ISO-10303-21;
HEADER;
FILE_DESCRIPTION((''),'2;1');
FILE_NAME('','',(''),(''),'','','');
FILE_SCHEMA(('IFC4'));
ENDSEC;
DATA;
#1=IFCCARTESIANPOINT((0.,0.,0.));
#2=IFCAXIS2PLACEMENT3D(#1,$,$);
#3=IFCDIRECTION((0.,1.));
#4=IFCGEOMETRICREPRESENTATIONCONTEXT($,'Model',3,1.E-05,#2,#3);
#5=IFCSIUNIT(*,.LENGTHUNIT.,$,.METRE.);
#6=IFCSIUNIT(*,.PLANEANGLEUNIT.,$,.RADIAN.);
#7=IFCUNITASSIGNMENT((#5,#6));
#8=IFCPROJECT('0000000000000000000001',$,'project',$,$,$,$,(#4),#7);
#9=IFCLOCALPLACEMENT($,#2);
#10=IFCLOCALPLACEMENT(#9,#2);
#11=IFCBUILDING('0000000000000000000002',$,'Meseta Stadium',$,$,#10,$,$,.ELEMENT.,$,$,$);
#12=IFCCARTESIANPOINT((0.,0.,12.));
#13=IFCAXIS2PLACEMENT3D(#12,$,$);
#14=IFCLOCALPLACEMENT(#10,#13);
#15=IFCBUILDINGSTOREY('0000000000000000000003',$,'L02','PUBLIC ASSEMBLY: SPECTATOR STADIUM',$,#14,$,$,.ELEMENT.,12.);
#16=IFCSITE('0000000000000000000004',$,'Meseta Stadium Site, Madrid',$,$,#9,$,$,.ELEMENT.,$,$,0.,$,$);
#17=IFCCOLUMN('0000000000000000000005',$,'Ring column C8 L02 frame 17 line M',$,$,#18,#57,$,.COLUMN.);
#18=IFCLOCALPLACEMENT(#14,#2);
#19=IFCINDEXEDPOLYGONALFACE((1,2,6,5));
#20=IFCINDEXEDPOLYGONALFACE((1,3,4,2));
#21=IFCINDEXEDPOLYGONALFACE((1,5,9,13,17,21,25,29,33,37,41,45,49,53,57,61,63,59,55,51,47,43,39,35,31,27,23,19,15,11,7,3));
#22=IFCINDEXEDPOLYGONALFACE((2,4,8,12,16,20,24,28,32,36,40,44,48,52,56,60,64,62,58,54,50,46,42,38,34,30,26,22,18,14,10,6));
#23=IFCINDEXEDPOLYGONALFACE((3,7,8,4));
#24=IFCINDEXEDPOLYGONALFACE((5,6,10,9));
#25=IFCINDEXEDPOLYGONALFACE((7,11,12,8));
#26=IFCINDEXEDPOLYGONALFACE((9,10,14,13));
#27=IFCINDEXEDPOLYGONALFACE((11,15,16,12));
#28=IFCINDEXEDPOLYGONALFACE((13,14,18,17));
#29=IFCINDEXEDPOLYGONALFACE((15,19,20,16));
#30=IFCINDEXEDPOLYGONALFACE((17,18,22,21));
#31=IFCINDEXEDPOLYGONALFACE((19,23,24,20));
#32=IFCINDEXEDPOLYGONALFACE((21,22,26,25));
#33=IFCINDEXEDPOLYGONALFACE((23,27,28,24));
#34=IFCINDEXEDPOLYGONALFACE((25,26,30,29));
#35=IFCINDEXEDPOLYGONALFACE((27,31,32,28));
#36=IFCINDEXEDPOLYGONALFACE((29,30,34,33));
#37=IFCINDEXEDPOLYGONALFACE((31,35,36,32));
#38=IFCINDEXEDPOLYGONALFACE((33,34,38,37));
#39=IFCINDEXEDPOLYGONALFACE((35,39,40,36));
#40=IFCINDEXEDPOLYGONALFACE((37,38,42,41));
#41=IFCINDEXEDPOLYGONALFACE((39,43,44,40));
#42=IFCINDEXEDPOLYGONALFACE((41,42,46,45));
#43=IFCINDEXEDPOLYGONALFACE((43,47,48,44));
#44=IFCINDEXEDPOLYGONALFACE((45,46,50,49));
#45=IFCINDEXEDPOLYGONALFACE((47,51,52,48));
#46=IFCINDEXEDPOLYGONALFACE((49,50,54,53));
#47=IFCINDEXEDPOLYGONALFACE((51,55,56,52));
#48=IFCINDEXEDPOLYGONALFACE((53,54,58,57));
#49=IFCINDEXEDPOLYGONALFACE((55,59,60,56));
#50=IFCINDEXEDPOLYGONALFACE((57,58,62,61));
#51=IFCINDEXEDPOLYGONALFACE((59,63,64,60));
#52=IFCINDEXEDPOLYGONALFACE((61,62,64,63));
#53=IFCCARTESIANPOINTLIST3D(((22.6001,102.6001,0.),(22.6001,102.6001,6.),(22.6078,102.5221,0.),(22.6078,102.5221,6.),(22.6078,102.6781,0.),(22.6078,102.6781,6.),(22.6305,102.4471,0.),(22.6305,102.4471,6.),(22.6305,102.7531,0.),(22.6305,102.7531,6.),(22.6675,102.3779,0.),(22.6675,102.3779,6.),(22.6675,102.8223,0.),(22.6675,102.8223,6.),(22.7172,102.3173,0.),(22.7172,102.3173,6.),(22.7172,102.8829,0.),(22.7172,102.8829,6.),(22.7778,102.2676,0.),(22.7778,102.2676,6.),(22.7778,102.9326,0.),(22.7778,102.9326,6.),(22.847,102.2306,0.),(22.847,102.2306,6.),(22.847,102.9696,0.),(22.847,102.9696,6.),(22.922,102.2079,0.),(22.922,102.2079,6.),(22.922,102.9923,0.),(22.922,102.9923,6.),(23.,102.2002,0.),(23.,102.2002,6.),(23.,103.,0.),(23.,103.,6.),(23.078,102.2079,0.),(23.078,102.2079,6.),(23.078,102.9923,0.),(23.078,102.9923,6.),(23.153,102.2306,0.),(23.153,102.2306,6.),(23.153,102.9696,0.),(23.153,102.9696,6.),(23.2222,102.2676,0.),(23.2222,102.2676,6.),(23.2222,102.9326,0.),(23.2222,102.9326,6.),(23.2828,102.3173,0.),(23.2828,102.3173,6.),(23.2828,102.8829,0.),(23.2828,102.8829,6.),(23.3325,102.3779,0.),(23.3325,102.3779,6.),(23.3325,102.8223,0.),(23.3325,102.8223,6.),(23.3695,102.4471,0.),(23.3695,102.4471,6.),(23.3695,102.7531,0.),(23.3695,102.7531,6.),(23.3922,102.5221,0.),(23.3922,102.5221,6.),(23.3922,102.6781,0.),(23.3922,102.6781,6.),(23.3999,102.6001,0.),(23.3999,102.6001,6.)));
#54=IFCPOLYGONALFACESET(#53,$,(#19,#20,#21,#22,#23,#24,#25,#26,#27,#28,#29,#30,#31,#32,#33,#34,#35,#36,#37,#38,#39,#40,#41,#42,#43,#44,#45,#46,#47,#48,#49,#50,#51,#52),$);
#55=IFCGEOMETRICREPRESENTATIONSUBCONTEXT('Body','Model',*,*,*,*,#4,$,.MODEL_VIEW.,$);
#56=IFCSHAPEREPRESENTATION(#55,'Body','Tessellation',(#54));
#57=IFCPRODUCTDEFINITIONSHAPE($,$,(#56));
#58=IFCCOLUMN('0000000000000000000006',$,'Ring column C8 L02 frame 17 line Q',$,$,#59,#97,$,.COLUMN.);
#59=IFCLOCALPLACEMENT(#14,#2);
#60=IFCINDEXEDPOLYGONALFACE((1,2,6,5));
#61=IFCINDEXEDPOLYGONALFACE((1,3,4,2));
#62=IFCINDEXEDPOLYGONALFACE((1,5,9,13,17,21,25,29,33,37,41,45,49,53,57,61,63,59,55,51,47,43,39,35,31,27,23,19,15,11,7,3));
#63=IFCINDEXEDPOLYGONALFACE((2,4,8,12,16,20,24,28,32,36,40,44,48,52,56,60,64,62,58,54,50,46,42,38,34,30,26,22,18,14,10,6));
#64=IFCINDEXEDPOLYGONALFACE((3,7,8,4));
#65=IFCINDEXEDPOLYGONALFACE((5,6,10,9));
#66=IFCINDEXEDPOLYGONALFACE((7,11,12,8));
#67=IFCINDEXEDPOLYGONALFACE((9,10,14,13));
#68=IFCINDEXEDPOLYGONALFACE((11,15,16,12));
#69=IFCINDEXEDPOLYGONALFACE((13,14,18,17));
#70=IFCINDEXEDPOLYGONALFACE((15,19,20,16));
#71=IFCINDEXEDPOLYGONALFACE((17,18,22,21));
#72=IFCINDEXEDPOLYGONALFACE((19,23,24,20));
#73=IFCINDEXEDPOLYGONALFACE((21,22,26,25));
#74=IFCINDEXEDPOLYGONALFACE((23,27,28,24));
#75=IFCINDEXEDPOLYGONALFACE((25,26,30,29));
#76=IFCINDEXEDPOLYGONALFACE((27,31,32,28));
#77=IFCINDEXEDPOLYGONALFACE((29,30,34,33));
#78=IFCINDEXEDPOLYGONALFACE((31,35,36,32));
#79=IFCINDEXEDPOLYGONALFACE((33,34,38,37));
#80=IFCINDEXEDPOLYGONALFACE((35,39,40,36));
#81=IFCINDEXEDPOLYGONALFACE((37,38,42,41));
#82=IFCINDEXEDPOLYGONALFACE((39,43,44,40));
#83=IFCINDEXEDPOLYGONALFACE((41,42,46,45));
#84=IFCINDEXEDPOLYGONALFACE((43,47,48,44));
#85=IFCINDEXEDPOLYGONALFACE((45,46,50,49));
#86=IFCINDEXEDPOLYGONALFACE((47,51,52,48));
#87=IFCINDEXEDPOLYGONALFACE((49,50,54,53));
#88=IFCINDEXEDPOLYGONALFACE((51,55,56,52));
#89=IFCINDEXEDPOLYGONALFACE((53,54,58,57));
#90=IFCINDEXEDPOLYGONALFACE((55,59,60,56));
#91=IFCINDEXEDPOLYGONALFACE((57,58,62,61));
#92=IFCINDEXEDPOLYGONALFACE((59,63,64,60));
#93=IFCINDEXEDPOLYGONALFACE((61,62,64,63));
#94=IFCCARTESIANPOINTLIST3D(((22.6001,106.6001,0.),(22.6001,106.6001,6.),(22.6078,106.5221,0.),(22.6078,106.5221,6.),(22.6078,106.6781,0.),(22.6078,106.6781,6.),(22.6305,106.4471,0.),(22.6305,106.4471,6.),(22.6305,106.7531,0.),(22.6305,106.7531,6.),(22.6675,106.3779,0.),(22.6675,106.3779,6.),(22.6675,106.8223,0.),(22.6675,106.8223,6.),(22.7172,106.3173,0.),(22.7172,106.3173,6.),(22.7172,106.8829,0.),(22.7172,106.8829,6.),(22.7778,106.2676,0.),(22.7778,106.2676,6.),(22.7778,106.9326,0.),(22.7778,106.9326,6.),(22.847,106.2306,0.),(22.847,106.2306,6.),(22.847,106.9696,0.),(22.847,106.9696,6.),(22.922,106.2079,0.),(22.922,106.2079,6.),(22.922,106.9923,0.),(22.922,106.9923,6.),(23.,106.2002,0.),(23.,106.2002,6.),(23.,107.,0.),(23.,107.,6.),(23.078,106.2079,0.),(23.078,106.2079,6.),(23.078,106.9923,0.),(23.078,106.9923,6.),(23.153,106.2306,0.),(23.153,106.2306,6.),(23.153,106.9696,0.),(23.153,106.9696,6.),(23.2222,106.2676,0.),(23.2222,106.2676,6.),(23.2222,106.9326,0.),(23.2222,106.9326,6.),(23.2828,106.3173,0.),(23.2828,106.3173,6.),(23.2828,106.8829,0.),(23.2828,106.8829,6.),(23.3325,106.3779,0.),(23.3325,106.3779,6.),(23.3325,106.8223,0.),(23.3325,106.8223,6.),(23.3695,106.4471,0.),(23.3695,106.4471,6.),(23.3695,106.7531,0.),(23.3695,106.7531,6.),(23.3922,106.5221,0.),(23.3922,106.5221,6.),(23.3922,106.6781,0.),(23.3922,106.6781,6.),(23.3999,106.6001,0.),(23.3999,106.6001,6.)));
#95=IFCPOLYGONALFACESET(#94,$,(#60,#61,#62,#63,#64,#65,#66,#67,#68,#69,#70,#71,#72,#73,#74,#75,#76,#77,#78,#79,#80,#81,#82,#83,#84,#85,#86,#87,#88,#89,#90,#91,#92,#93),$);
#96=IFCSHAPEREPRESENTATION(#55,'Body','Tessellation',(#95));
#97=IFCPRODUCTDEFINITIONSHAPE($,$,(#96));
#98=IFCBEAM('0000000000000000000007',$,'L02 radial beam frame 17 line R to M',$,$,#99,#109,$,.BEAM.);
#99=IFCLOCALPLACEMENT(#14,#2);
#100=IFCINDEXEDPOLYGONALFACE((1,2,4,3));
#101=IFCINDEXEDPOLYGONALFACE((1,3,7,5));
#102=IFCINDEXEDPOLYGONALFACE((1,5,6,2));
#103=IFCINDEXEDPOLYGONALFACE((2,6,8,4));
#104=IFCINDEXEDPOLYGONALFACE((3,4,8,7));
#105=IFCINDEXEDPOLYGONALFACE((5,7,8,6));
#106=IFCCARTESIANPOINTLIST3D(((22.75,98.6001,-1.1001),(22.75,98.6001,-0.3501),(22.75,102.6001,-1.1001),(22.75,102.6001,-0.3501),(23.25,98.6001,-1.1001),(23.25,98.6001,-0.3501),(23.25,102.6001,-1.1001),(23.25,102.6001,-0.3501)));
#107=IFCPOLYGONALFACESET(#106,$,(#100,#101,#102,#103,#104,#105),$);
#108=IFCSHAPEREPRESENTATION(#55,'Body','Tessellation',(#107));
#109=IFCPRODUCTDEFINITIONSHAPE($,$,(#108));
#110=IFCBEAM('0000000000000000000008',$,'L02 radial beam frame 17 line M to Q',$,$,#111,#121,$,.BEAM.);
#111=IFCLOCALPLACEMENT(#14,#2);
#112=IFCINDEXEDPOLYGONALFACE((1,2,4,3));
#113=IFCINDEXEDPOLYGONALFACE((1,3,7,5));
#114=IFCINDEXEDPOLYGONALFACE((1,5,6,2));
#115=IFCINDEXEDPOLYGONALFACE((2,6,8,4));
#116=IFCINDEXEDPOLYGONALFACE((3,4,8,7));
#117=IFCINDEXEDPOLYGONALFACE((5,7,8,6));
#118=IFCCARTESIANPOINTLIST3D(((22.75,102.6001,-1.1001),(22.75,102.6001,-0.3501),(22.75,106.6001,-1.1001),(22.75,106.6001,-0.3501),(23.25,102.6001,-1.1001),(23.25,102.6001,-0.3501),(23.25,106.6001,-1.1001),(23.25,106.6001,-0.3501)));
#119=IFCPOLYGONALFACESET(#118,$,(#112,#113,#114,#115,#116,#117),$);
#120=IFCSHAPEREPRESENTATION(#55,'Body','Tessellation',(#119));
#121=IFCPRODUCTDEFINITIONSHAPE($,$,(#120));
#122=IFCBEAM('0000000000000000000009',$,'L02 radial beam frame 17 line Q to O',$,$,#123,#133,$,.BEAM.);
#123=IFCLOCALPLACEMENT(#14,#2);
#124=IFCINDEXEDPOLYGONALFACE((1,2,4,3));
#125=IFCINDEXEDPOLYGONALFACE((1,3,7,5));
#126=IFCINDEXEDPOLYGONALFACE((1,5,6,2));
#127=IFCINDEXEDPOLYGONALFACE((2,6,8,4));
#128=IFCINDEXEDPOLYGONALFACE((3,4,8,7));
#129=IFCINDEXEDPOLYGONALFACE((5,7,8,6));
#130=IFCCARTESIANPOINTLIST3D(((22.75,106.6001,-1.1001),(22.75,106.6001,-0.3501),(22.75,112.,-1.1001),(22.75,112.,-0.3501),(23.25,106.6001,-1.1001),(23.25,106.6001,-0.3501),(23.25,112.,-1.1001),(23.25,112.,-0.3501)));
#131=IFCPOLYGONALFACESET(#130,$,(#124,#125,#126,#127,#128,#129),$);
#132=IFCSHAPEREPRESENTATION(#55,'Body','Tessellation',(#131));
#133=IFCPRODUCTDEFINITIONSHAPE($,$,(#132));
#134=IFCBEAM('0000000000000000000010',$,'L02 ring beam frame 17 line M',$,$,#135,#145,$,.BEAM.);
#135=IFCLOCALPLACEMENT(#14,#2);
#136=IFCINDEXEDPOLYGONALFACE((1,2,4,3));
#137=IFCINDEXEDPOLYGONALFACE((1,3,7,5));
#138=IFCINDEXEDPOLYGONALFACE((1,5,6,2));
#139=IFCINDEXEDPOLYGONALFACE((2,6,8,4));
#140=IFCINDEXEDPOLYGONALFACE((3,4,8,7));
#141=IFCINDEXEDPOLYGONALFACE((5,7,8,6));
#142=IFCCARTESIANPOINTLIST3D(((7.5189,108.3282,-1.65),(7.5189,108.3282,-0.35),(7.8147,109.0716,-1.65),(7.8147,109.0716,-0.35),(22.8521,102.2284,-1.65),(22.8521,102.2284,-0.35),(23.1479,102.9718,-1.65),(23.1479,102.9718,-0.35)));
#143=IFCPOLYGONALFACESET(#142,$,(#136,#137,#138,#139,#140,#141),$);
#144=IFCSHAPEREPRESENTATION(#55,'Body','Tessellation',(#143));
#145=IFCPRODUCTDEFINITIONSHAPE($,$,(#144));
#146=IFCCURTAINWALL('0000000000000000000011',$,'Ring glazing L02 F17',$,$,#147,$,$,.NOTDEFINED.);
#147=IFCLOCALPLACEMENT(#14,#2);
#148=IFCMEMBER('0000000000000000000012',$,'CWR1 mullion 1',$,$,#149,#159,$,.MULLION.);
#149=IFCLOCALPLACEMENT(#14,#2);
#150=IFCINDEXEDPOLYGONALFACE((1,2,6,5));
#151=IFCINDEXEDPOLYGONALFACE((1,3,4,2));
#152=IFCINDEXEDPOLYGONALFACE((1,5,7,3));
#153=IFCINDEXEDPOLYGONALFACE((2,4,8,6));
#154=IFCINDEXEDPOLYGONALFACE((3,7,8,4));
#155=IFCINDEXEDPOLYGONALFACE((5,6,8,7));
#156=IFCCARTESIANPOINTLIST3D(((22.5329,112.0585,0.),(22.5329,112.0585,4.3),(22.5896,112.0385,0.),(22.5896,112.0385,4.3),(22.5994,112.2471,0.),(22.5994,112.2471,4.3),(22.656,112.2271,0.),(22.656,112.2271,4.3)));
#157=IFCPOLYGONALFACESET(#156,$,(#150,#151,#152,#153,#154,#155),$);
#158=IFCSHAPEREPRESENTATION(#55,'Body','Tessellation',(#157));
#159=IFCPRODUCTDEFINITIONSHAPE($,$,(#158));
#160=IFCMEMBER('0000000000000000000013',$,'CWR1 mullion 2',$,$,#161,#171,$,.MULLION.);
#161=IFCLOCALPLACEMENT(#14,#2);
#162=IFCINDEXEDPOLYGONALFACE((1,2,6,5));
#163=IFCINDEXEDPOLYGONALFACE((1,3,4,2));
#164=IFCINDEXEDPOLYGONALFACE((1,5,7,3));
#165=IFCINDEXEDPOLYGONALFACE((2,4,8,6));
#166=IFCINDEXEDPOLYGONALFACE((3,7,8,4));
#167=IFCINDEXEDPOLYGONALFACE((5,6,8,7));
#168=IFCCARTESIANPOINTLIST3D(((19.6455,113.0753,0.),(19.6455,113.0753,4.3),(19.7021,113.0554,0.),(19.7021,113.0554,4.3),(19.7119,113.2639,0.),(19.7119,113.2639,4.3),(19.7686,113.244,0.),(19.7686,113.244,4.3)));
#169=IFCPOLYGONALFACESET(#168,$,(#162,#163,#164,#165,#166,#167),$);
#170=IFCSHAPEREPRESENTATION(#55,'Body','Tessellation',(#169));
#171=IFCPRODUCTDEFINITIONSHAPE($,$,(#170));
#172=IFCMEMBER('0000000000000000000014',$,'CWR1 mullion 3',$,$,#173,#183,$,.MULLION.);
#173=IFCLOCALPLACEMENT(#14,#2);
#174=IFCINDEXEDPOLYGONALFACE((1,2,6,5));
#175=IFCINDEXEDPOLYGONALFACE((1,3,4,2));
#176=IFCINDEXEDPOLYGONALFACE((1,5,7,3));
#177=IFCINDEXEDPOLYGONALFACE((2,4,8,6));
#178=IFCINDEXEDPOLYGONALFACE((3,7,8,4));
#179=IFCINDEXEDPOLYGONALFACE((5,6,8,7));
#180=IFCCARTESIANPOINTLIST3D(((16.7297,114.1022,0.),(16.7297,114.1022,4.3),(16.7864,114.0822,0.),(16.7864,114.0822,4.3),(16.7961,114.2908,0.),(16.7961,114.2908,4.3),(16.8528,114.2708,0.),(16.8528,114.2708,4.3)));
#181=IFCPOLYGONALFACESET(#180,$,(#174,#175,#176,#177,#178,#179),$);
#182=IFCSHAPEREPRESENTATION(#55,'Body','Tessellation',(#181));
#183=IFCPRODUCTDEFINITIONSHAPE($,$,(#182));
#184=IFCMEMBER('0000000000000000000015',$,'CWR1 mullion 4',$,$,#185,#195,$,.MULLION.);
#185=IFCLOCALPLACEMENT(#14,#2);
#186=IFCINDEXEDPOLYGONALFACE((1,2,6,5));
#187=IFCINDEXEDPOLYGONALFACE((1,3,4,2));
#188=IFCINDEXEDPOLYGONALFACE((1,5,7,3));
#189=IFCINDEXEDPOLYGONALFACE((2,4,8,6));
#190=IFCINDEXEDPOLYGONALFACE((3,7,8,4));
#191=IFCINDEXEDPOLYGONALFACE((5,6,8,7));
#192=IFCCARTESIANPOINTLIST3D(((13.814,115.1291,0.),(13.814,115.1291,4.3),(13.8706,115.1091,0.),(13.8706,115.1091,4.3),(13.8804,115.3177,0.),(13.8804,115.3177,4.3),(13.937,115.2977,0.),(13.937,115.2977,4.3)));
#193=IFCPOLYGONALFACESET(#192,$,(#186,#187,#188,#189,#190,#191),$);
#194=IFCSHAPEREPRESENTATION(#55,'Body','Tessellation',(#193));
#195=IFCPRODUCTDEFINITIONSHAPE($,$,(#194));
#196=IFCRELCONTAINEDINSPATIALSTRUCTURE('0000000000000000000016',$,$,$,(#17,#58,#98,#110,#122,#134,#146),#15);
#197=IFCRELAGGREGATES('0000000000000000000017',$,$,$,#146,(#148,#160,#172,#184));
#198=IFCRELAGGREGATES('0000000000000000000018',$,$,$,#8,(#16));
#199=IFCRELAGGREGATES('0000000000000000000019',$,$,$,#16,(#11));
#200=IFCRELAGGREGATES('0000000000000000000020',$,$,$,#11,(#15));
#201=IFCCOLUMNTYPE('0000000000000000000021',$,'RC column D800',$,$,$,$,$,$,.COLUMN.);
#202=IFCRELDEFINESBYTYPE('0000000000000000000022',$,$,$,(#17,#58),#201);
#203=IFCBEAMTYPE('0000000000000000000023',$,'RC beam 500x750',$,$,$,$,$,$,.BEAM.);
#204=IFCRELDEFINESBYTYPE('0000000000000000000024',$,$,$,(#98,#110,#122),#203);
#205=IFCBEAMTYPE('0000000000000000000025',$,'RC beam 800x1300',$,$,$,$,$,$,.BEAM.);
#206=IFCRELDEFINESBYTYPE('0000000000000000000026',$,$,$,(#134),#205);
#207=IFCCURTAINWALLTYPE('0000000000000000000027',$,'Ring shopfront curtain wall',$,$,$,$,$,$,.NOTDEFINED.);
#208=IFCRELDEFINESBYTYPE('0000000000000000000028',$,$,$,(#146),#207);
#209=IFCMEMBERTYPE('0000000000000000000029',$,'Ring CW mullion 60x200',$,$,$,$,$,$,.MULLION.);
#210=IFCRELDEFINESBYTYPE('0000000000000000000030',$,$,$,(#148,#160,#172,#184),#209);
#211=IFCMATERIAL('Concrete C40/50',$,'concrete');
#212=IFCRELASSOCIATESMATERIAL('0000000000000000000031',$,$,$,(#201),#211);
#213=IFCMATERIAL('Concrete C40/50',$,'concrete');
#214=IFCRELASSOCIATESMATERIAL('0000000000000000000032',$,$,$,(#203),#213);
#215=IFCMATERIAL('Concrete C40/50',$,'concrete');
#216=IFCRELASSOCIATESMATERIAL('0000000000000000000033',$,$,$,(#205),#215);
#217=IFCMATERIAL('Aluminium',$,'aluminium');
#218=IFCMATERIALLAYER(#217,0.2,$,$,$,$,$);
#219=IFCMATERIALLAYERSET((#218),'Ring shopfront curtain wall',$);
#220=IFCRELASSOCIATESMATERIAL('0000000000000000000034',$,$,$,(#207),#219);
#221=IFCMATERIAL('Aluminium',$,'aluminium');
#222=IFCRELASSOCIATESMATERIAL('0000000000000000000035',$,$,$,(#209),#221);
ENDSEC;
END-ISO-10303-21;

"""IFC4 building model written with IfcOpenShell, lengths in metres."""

from ifc_helpers import new_model, si_unit, direction, frame, origin, origin_2d, place, context, subcontext, project, spatial, rectangle, circle, extrude, material, layer, layer_set, material_profile, profile_set, type_object, element, aggregate, save


model = new_model("IFC4")

# Units and contexts
model_context = context("Model", 3, precision=1e-05, world=origin(), true_north=direction((0.0, 1.0)))
body_context = subcontext(model_context, "Body", "Model", "MODEL_VIEW")
ifc_project = project(units=[si_unit("LENGTHUNIT", "METRE"), si_unit("PLANEANGLEUNIT", "RADIAN")], contexts=[model_context])

# Site, building, storey
site_placement = place(None, origin())
site = spatial("IfcSite", under=ifc_project, at=site_placement, Name="Meseta Stadium Site, Madrid", CompositionType="ELEMENT", RefElevation=0.0)
building_placement = place(site_placement, origin())
building = spatial("IfcBuilding", under=site, at=building_placement, Name="Meseta Stadium", CompositionType="ELEMENT")
storey_placement = place(building_placement, frame((0.0, 0.0, 12.0)))
storey = spatial("IfcBuildingStorey", under=building, at=storey_placement, Name="L02", Description="PUBLIC ASSEMBLY: SPECTATOR STADIUM", CompositionType="ELEMENT", Elevation=12.0)

# Columns
ifc_material_1 = material(Name="Concrete C40/50", Category="concrete")
ifc_material_profile_1 = material_profile(ifc_material_1, circle(Radius=0.3999, at=origin_2d()), Name="RC D800")
ifc_profile_set_1 = profile_set([ifc_material_profile_1], Name="Concrete C40/50")
column_type = type_object("IfcColumnType", Name="RC column D800", PredefinedType="COLUMN", material=ifc_profile_set_1)
for number, where, z_axis, x_axis, name in (
    (1, (23.0, 102.6001, 0.0), (0.0, 0.0, 1.0), (1.0, 0.0, 0.0), "Ring column C8 L02 frame 17 line M"),
    (2, (23.0, 106.6001, 0.0), (0.0, 0.0, 1.0), (1.0, 0.0, 0.0), "Ring column C8 L02 frame 17 line Q"),
):
    element("IfcColumn", number, at=place(storey_placement, frame(where, z_axis=z_axis, x_axis=x_axis)), inside=storey, type_object=column_type, Name=name, PredefinedType="COLUMN", context=body_context, shape_type="SweptSolid", body=[
        extrude(circle(Radius=0.3999, at=origin_2d()), origin(), (0.0, 0.0, 1.0), 6.0),
    ])

# Beams
ifc_material_2 = material(Name="Concrete C40/50", Category="concrete")
ifc_material_profile_2 = material_profile(ifc_material_2, rectangle(XDim=0.5, YDim=0.75, at=origin_2d()), Name="RC 500x750")
ifc_profile_set_2 = profile_set([ifc_material_profile_2], Name="Concrete C40/50")
beam_type_1 = type_object("IfcBeamType", Name="RC beam 500x750", PredefinedType="BEAM", material=ifc_profile_set_2)
for number, where, z_axis, x_axis, name in (
    (3, (23.0, 98.6001, -0.7251), (0.0, 1.0, 0.0), (-1.0, 0.0, 0.0), "L02 radial beam frame 17 line R to M"),
    (4, (23.0, 102.6001, -0.7251), (0.0, 1.0, 0.0), (-1.0, 0.0, 0.0), "L02 radial beam frame 17 line M to Q"),
):
    element("IfcBeam", number, at=place(storey_placement, frame(where, z_axis=z_axis, x_axis=x_axis)), inside=storey, type_object=beam_type_1, Name=name, PredefinedType="BEAM", context=body_context, shape_type="SweptSolid", body=[
        extrude(rectangle(XDim=0.5, YDim=0.75, at=origin_2d()), origin(), (0.0, 0.0, 1.0), 4.0),
    ])
beam_1_placement = place(storey_placement, frame((23.0, 106.6001, -0.7251), z_axis=(0.0, 1.0, 0.0), x_axis=(-1.0, 0.0, 0.0)))
element("IfcBeam", 5, at=beam_1_placement, inside=storey, type_object=beam_type_1, Name="L02 radial beam frame 17 line Q to O", PredefinedType="BEAM", context=body_context, shape_type="SweptSolid", body=[
    extrude(rectangle(XDim=0.5, YDim=0.75, at=origin_2d()), origin(), (0.0, 0.0, 1.0), 5.3999),
])
ifc_material_3 = material(Name="Concrete C40/50", Category="concrete")
ifc_material_profile_3 = material_profile(ifc_material_3, rectangle(XDim=0.8, YDim=1.3, at=origin_2d()), Name="RC 800x1300")
ifc_profile_set_3 = profile_set([ifc_material_profile_3], Name="Concrete C40/50")
beam_type_2 = type_object("IfcBeamType", Name="RC beam 800x1300", PredefinedType="BEAM", material=ifc_profile_set_3)
beam_2_placement = place(storey_placement, frame((23.0, 102.6001, -1.0), z_axis=(-0.929174, 0.369643, 0.0), x_axis=(-0.369643, -0.929174, 0.0)))
element("IfcBeam", 6, at=beam_2_placement, inside=storey, type_object=beam_type_2, Name="L02 ring beam frame 17 line M", PredefinedType="BEAM", context=body_context, shape_type="SweptSolid", body=[
    extrude(rectangle(XDim=0.8, YDim=1.3, at=origin_2d()), origin(), (0.0, 0.0, 1.0), 16.502),
])

# Curtain wall, members
ifc_material_4 = material(Name="Aluminium", Category="aluminium")
ifc_layer_1 = layer(ifc_material_4, 0.2)
ifc_layer_set_1 = layer_set([ifc_layer_1], Name="Ring shopfront curtain wall")
curtain_wall_type = type_object("IfcCurtainWallType", Name="Ring shopfront curtain wall", PredefinedType="NOTDEFINED", material=ifc_layer_set_1)
curtain_wall_placement = place(storey_placement, origin())
curtain_wall = element("IfcCurtainWall", 7, at=curtain_wall_placement, inside=storey, type_object=curtain_wall_type, Name="Ring glazing L02 F17", PredefinedType="NOTDEFINED")
ifc_material_5 = material(Name="Aluminium", Category="aluminium")
ifc_material_profile_4 = material_profile(ifc_material_5, rectangle(XDim=0.2, YDim=0.0601, at=origin_2d()), Name="CW 200x60")
ifc_profile_set_4 = profile_set([ifc_material_profile_4], Name="Aluminium")
member_type_1 = type_object("IfcMemberType", Name="Ring CW mullion 60x200", PredefinedType="MULLION", material=ifc_profile_set_4)
member_1_placement = place(storey_placement, frame((22.5945, 112.1428, 0.0), z_axis=(0.0, 0.0, 1.0), x_axis=(-0.332174, -0.943218, 0.0)))
member_1 = element("IfcMember", 8, at=member_1_placement, type_object=member_type_1, Name="CWR1 mullion 1", PredefinedType="MULLION", context=body_context, shape_type="SweptSolid", body=[
    extrude(rectangle(XDim=0.2, YDim=0.0601, at=origin_2d()), origin(), (0.0, 0.0, 1.0), 4.3),
])
member_2_placement = place(storey_placement, frame((19.707, 113.1597, 0.0), z_axis=(0.0, 0.0, 1.0), x_axis=(-0.332174, -0.943218, 0.0)))
member_2 = element("IfcMember", 9, at=member_2_placement, type_object=member_type_1, Name="CWR1 mullion 2", PredefinedType="MULLION", context=body_context, shape_type="SweptSolid", body=[
    extrude(rectangle(XDim=0.2, YDim=0.0601, at=origin_2d()), origin(), (0.0, 0.0, 1.0), 4.3),
])
member_3_placement = place(storey_placement, frame((16.7913, 114.1865, 0.0), z_axis=(0.0, 0.0, 1.0), x_axis=(-0.332174, -0.943218, 0.0)))
member_3 = element("IfcMember", 10, at=member_3_placement, type_object=member_type_1, Name="CWR1 mullion 3", PredefinedType="MULLION", context=body_context, shape_type="SweptSolid", body=[
    extrude(rectangle(XDim=0.2, YDim=0.0601, at=origin_2d()), origin(), (0.0, 0.0, 1.0), 4.3),
])
member_4_placement = place(storey_placement, frame((13.8755, 115.2134, 0.0), z_axis=(0.0, 0.0, 1.0), x_axis=(-0.332174, -0.943218, 0.0)))
member_4 = element("IfcMember", 11, at=member_4_placement, type_object=member_type_1, Name="CWR1 mullion 4", PredefinedType="MULLION", context=body_context, shape_type="SweptSolid", body=[
    extrude(rectangle(XDim=0.2, YDim=0.0601, at=origin_2d()), origin(), (0.0, 0.0, 1.0), 4.3),
])
aggregate(curtain_wall, [member_1, member_2, member_3, member_4])

save(model, "model.ifc")
